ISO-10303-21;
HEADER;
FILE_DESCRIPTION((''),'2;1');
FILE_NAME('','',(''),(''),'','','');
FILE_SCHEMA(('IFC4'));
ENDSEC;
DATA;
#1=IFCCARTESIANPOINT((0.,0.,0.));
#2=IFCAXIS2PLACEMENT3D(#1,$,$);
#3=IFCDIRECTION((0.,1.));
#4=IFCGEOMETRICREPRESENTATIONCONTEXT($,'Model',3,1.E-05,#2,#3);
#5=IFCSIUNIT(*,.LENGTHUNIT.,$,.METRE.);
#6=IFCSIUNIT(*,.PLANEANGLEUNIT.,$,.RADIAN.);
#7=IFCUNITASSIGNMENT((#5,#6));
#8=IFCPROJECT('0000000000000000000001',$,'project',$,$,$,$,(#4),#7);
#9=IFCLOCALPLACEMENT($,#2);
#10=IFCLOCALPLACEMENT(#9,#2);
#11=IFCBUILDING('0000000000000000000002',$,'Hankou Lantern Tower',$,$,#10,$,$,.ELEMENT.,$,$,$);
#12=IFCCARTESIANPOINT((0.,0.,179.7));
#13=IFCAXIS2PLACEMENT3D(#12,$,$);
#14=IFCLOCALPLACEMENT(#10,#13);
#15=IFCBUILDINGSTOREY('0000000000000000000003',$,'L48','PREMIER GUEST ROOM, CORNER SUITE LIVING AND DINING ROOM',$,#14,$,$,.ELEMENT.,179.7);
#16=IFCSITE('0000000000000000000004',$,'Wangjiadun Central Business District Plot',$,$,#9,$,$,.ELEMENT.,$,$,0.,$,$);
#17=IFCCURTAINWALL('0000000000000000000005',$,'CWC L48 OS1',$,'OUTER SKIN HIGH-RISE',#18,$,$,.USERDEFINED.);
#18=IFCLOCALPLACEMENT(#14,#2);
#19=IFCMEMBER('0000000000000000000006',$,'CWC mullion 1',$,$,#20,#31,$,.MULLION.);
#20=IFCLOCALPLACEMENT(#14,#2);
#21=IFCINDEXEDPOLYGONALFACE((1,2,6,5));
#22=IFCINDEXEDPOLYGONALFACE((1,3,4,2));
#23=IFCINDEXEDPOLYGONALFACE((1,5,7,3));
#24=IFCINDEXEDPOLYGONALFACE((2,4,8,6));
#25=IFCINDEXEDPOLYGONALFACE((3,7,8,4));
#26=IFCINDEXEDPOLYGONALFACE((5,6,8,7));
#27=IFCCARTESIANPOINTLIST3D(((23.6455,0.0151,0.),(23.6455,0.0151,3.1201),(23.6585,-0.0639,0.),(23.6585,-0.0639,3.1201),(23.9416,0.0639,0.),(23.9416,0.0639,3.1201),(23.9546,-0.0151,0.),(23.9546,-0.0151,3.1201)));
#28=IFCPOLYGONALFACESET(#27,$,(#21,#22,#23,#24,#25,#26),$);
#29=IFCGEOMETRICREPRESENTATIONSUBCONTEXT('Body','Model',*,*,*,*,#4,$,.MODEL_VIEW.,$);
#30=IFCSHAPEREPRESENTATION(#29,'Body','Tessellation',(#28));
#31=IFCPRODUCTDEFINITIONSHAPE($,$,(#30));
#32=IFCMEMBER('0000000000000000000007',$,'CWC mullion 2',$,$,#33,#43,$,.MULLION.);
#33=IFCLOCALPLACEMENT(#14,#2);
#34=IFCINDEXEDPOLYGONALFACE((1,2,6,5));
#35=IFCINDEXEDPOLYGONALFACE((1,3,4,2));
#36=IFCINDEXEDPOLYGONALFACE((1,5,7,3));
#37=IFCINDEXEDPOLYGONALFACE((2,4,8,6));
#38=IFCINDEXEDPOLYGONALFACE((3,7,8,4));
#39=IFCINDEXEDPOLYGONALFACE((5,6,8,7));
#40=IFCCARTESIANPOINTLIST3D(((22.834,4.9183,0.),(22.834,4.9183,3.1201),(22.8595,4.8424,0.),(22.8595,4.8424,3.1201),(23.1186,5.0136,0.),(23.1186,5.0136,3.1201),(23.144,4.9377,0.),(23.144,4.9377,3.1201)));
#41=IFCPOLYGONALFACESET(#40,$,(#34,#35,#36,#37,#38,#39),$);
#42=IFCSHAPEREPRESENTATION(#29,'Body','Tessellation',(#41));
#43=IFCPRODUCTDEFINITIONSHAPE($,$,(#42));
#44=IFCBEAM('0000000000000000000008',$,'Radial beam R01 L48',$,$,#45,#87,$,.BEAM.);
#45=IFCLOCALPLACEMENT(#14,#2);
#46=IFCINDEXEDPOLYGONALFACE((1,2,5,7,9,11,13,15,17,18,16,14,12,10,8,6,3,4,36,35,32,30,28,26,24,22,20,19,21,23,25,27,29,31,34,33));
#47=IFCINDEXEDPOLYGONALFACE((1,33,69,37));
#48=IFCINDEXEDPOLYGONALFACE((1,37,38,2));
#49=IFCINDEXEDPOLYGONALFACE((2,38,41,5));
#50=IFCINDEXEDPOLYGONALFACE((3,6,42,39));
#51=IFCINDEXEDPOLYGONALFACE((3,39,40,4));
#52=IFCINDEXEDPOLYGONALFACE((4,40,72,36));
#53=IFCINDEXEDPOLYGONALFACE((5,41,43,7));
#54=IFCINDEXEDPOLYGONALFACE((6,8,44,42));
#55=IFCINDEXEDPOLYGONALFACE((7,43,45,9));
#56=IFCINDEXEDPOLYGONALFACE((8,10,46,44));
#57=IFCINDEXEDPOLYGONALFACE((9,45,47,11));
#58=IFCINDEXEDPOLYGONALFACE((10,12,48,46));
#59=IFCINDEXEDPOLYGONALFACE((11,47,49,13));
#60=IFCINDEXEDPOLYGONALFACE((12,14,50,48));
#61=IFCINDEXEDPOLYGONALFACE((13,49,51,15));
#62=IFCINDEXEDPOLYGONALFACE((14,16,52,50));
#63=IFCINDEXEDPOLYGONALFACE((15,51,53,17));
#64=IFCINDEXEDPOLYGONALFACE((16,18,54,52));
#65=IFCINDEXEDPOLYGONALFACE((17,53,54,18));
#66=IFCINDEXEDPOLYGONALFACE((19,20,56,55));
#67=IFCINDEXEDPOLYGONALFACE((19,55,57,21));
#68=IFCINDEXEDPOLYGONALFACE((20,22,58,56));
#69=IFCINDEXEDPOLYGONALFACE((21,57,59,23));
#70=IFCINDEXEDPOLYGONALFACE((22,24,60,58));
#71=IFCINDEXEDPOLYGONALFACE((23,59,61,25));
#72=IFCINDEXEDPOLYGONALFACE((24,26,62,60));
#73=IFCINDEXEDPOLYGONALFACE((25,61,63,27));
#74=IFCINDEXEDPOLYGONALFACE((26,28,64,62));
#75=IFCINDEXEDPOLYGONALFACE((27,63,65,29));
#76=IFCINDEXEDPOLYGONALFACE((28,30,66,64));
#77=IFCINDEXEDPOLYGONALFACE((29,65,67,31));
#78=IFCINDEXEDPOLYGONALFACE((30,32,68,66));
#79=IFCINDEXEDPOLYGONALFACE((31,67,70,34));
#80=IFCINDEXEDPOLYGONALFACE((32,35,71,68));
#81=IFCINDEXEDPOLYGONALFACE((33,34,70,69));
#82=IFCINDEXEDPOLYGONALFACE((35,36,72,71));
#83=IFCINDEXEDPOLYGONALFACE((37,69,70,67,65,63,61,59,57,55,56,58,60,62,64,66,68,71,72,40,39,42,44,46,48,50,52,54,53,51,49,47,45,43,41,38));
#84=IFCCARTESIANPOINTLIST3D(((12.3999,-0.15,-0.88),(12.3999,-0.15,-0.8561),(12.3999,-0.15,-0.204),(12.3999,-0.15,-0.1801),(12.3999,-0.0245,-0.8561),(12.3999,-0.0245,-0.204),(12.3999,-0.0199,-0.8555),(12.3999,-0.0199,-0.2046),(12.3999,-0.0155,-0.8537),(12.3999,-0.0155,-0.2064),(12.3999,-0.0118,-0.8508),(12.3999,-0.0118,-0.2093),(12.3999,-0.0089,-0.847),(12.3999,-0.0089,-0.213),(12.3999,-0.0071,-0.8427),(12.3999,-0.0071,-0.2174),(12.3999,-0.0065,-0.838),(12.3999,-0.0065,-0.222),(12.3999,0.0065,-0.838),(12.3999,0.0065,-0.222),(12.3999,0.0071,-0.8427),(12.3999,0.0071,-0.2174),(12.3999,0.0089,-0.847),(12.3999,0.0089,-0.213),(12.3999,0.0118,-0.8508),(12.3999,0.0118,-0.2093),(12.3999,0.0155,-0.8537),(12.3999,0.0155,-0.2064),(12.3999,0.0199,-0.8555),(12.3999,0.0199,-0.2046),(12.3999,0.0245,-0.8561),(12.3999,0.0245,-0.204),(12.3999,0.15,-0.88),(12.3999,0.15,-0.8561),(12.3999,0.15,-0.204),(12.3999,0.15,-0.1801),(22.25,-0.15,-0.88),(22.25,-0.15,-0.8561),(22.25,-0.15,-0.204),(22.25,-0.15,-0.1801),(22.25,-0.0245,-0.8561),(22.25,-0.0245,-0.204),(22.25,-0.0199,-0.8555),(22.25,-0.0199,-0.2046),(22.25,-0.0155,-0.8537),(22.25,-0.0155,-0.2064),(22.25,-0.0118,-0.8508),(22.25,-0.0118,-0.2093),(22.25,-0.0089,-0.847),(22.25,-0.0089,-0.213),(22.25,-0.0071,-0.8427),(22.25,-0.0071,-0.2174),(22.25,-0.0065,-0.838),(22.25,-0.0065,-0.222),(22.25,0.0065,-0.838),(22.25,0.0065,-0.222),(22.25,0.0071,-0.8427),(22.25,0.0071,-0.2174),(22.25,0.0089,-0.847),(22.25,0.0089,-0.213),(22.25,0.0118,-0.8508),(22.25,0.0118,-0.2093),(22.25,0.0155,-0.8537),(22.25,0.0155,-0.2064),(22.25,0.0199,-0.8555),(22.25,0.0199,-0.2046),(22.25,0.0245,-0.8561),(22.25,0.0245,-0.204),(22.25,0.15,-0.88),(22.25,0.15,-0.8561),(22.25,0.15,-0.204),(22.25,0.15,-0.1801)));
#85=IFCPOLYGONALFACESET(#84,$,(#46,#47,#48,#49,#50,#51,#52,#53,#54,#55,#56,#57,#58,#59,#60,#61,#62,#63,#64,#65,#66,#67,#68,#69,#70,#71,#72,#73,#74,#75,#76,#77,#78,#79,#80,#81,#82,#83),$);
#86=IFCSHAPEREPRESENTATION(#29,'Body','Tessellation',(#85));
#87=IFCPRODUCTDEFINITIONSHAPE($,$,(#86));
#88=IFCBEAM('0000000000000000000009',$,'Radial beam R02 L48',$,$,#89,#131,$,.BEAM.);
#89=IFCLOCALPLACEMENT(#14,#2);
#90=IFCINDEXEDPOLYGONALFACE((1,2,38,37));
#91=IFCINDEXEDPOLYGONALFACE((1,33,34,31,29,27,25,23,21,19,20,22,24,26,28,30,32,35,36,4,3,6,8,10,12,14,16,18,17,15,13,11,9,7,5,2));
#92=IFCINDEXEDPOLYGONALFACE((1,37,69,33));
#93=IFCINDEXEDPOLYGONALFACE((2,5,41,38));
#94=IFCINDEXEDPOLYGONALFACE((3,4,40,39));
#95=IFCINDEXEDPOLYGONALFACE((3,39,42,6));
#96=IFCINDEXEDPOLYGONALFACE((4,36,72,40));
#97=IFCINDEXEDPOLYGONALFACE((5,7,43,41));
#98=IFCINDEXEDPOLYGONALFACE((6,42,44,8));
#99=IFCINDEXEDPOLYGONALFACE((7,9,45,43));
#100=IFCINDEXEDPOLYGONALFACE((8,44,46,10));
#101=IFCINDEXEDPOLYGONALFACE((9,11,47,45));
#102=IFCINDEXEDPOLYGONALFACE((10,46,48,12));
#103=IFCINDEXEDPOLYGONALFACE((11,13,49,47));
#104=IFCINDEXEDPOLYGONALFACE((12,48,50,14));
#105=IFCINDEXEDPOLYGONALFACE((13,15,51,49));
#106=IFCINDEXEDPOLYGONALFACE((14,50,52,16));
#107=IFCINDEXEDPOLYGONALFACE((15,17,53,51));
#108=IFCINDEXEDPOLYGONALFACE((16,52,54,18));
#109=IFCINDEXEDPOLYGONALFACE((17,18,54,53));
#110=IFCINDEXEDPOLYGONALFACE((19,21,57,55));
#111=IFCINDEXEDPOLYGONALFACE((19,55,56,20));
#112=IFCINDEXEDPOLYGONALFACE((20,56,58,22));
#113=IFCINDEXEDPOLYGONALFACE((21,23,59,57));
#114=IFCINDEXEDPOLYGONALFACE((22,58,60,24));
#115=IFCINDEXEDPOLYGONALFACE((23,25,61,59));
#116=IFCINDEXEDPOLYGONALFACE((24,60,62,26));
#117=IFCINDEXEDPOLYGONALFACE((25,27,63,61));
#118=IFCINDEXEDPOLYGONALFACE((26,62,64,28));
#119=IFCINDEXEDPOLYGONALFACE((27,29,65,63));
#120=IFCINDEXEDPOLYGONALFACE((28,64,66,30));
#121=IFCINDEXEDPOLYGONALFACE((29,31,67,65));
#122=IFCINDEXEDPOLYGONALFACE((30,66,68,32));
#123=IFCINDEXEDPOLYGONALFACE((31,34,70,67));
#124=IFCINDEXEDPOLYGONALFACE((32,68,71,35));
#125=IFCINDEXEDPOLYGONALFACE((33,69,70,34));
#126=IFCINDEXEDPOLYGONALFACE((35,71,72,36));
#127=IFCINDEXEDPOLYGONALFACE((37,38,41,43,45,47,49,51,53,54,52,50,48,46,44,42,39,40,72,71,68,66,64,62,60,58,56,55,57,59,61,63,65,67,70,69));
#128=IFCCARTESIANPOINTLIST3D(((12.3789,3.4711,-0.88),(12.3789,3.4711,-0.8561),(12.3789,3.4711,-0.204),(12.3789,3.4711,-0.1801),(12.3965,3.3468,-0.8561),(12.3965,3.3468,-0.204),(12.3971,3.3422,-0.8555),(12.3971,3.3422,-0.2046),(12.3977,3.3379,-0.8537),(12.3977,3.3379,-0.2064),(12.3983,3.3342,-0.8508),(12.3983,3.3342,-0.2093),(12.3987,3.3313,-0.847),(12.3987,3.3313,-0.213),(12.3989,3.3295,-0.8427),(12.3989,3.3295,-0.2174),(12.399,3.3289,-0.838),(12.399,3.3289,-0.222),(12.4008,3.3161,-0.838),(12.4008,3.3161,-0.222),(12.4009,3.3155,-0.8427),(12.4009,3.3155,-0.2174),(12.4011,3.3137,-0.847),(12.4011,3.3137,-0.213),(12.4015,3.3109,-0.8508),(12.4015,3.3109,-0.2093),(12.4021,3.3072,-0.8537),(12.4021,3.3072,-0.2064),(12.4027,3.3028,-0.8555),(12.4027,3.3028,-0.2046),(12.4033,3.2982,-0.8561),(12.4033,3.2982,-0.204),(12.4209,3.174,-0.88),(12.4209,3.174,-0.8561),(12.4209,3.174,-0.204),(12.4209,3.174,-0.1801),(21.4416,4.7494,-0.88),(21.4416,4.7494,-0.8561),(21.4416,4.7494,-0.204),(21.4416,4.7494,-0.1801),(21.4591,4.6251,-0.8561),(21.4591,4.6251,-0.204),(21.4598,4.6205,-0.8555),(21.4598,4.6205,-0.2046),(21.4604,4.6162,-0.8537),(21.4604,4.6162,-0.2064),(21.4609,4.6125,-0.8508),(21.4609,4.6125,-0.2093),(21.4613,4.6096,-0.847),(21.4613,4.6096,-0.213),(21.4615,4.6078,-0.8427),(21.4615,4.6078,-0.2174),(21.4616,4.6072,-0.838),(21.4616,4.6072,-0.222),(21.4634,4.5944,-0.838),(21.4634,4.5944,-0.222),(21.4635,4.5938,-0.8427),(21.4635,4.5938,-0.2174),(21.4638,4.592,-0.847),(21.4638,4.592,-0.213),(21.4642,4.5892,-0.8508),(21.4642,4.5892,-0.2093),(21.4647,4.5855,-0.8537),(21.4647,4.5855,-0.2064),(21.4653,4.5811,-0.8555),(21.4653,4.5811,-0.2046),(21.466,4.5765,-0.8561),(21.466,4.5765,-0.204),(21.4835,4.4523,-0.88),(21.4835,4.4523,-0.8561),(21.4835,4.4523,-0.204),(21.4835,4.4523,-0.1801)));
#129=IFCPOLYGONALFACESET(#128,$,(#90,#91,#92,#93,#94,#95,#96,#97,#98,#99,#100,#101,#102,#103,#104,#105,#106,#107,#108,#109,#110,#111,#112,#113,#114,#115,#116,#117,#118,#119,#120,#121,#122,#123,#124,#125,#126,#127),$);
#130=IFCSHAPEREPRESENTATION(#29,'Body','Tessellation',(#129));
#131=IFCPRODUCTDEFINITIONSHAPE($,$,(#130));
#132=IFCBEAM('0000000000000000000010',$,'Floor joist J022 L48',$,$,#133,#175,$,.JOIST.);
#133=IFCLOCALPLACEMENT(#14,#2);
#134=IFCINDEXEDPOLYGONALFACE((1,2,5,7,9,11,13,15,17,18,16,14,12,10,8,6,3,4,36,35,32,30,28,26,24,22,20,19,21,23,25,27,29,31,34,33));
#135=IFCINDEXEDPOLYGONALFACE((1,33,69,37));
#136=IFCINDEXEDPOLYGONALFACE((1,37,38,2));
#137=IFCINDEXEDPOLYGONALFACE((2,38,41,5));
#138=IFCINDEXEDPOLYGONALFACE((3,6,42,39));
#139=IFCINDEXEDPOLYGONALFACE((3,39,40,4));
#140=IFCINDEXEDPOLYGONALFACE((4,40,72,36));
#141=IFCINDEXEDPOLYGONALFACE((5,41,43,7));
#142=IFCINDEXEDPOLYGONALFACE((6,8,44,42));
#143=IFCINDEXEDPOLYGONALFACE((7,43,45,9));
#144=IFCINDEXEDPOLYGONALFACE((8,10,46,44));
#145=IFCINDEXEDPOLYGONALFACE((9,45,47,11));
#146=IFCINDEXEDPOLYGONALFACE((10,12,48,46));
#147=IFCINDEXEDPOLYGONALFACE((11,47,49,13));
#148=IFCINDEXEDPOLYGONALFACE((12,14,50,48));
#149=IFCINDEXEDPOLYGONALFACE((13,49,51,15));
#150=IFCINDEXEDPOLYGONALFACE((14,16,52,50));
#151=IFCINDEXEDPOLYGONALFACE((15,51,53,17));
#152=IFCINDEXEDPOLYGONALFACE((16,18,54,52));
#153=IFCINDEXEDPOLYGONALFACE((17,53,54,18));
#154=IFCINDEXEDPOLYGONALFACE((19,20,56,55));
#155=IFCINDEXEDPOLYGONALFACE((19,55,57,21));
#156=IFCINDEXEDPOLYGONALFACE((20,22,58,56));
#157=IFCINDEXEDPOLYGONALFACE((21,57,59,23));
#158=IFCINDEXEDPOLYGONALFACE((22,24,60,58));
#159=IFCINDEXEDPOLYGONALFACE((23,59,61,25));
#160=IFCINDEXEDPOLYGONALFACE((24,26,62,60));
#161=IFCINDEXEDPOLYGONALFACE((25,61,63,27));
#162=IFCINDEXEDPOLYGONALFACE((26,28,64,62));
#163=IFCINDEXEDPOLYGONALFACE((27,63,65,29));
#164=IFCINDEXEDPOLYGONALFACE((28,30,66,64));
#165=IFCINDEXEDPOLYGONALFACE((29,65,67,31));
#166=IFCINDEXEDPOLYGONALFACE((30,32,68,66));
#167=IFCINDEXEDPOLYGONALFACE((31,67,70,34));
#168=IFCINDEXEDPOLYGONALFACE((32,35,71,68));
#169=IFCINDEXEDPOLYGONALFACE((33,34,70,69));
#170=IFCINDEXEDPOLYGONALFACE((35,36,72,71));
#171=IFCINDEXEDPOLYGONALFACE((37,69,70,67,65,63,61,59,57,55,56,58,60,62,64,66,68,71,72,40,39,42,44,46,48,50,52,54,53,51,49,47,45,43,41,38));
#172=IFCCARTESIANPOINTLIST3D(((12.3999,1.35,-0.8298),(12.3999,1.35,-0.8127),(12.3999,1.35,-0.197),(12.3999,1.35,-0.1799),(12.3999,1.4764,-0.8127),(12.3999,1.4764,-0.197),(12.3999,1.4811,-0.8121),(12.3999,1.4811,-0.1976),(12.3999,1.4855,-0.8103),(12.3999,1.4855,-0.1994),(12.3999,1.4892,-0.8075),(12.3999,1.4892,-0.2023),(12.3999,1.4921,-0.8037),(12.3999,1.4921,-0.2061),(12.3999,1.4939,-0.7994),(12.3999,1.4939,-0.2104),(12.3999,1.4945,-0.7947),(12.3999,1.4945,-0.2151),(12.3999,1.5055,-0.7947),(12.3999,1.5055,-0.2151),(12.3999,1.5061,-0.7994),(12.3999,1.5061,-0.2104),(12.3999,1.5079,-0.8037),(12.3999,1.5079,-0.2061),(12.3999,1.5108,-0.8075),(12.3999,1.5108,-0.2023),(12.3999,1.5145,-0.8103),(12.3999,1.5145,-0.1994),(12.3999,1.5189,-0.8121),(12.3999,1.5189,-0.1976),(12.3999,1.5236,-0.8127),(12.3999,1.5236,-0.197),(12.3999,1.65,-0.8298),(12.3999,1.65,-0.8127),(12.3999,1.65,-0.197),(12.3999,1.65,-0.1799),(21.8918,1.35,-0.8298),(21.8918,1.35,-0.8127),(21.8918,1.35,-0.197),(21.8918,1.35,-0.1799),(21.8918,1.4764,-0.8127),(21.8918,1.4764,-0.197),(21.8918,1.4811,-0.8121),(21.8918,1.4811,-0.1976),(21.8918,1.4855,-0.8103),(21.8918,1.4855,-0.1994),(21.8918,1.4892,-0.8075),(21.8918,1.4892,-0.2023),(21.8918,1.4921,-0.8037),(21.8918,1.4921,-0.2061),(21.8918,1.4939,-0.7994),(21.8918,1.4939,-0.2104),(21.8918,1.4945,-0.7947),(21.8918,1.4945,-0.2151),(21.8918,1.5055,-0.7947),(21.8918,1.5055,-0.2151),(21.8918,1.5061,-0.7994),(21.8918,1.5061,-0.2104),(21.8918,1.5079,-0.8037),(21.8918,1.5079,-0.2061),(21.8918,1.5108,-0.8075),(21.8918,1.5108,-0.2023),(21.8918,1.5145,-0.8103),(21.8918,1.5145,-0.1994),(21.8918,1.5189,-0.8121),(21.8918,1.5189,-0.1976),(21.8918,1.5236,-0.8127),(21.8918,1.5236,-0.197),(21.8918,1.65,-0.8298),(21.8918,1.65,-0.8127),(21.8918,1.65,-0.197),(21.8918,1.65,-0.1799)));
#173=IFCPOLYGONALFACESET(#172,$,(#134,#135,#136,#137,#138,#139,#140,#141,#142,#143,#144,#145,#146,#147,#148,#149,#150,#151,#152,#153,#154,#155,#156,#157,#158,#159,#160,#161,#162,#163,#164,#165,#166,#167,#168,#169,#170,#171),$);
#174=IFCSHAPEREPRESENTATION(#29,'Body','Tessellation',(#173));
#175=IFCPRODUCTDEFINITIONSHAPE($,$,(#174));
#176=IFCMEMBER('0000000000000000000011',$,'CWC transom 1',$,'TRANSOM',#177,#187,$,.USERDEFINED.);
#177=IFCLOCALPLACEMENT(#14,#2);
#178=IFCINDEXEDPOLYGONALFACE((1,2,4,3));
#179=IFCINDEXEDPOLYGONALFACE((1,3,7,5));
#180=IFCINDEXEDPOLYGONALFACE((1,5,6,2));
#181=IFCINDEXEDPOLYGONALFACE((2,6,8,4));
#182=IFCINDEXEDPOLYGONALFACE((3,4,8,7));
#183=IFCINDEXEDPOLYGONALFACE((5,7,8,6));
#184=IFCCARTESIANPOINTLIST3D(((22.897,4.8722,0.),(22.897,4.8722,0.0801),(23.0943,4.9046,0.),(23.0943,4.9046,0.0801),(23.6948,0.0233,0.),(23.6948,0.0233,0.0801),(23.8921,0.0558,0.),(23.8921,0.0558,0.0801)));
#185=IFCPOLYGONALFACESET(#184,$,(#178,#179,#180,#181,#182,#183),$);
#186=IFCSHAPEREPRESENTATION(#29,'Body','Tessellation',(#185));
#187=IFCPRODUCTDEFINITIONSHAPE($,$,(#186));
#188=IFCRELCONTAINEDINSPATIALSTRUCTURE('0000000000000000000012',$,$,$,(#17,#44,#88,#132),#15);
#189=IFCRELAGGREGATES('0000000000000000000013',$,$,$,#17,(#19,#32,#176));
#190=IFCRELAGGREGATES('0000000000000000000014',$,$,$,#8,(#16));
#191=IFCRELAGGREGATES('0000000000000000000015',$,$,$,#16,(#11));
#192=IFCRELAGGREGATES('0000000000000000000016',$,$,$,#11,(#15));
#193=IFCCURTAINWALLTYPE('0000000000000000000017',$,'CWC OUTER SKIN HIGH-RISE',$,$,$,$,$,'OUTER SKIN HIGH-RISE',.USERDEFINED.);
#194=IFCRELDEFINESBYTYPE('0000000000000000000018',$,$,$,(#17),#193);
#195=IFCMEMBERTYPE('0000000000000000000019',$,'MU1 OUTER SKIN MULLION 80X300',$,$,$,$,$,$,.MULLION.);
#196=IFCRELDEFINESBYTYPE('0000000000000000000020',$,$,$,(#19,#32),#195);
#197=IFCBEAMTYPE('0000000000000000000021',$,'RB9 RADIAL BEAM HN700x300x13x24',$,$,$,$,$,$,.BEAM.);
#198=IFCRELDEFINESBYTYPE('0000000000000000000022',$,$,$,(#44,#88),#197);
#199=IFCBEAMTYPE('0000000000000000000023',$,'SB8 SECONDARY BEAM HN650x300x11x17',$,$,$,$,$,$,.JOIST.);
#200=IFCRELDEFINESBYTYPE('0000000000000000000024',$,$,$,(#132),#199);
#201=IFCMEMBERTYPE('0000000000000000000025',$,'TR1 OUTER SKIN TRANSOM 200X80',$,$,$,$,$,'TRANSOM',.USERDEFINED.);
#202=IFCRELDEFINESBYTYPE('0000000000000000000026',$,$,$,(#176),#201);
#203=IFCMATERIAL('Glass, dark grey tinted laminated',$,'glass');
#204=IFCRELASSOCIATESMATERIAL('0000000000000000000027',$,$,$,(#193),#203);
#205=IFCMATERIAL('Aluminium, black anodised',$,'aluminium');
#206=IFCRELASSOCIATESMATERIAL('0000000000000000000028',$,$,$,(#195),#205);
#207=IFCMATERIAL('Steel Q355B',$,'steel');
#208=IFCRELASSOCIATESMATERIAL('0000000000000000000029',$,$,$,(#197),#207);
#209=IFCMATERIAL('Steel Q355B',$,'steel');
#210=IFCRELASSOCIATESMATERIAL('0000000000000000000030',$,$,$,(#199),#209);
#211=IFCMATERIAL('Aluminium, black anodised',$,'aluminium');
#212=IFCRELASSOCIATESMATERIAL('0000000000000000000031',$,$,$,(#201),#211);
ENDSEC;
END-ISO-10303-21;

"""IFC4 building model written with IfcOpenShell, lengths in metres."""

from ifc_helpers import new_model, si_unit, direction, frame, origin, origin_2d, place, context, subcontext, project, spatial, rectangle, i_section, extrude, material, material_profile, profile_set, type_object, element, aggregate, save


model = new_model("IFC4")

# Units and contexts
model_context = context("Model", 3, precision=1e-05, world=origin(), true_north=direction((0.0, 1.0)))
body_context = subcontext(model_context, "Body", "Model", "MODEL_VIEW")
ifc_project = project(units=[si_unit("LENGTHUNIT", "METRE"), si_unit("PLANEANGLEUNIT", "RADIAN")], contexts=[model_context])

# Site, building, storey
site_placement = place(None, origin())
site = spatial("IfcSite", under=ifc_project, at=site_placement, Name="Wangjiadun Central Business District Plot", CompositionType="ELEMENT", RefElevation=0.0)
building_placement = place(site_placement, origin())
building = spatial("IfcBuilding", under=site, at=building_placement, Name="Hankou Lantern Tower", CompositionType="ELEMENT")
storey_placement = place(building_placement, frame((0.0, 0.0, 179.7)))
storey = spatial("IfcBuildingStorey", under=building, at=storey_placement, Name="L48", Description="PREMIER GUEST ROOM, CORNER SUITE LIVING AND DINING ROOM", CompositionType="ELEMENT", Elevation=179.7)

# Curtain wall, members
ifc_material_1 = material(Name="Glass, dark grey tinted laminated", Category="glass")
curtain_wall_type = type_object("IfcCurtainWallType", Name="CWC OUTER SKIN HIGH-RISE", ElementType="OUTER SKIN HIGH-RISE", PredefinedType="USERDEFINED", material=ifc_material_1)
curtain_wall_placement = place(storey_placement, origin())
curtain_wall = element("IfcCurtainWall", 1, at=curtain_wall_placement, inside=storey, type_object=curtain_wall_type, Name="CWC L48 OS1", ObjectType="OUTER SKIN HIGH-RISE", PredefinedType="USERDEFINED")
ifc_material_2 = material(Name="Aluminium, black anodised", Category="aluminium")
ifc_material_profile_1 = material_profile(ifc_material_2, rectangle(XDim=0.0801, YDim=0.3, at=origin_2d()), Name="MU1 80X300")
ifc_profile_set_1 = profile_set([ifc_material_profile_1], Name="Aluminium, black anodised")
member_type_1 = type_object("IfcMemberType", Name="MU1 OUTER SKIN MULLION 80X300", PredefinedType="MULLION", material=ifc_profile_set_1)
member_1_placement = place(storey_placement, frame((23.8, 0.0, 0.0), z_axis=(0.0, 0.0, 1.0), x_axis=(-0.162382, 0.986728, 0.0)))
member_1 = element("IfcMember", 2, at=member_1_placement, type_object=member_type_1, Name="CWC mullion 1", PredefinedType="MULLION", context=body_context, shape_type="SweptSolid", body=[
    extrude(rectangle(XDim=0.0801, YDim=0.3, at=origin_2d()), origin(), (0.0, 0.0, 1.0), 3.1201),
])
member_2_placement = place(storey_placement, frame((22.989, 4.928, 0.0), z_axis=(0.0, 0.0, 1.0), x_axis=(-0.317596, 0.948226, 0.0)))
member_2 = element("IfcMember", 3, at=member_2_placement, type_object=member_type_1, Name="CWC mullion 2", PredefinedType="MULLION", context=body_context, shape_type="SweptSolid", body=[
    extrude(rectangle(XDim=0.0801, YDim=0.3, at=origin_2d()), origin(), (0.0, 0.0, 1.0), 3.1201),
])

# Beams
ifc_material_3 = material(Name="Steel Q355B", Category="steel")
ifc_material_profile_2 = material_profile(ifc_material_3, i_section(OverallWidth=0.3, OverallDepth=0.7, WebThickness=0.0129, FlangeThickness=0.0239, FilletRadius=0.0181, at=origin_2d()), Name="HN700x300x13x24")
ifc_profile_set_2 = profile_set([ifc_material_profile_2], Name="Steel Q355B")
beam_type_1 = type_object("IfcBeamType", Name="RB9 RADIAL BEAM HN700x300x13x24", PredefinedType="BEAM", material=ifc_profile_set_2)
beam_1_placement = place(storey_placement, frame((12.3999, 0.0, -0.53), z_axis=(1.0, 0.0, 0.0), x_axis=(0.0, 1.0, 0.0)))
element("IfcBeam", 4, at=beam_1_placement, inside=storey, type_object=beam_type_1, Name="Radial beam R01 L48", PredefinedType="BEAM", context=body_context, shape_type="SweptSolid", body=[
    extrude(i_section(OverallWidth=0.3, OverallDepth=0.7, WebThickness=0.0129, FlangeThickness=0.0239, FilletRadius=0.0181, at=origin_2d()), origin(), (0.0, 0.0, 1.0), 9.8501),
])
beam_2_placement = place(storey_placement, frame((12.3999, 3.3225, -0.53), z_axis=(0.990198, 0.13967, 0.0), x_axis=(-0.13967, 0.990198, 0.0)))
element("IfcBeam", 5, at=beam_2_placement, inside=storey, type_object=beam_type_1, Name="Radial beam R02 L48", PredefinedType="BEAM", context=body_context, shape_type="SweptSolid", body=[
    extrude(i_section(OverallWidth=0.3, OverallDepth=0.7, WebThickness=0.0129, FlangeThickness=0.0239, FilletRadius=0.0181, at=origin_2d()), origin(), (0.0, 0.0, 1.0), 9.1523),
])
ifc_material_4 = material(Name="Steel Q355B", Category="steel")
ifc_material_profile_3 = material_profile(ifc_material_4, i_section(OverallWidth=0.3, OverallDepth=0.6499, WebThickness=0.011, FlangeThickness=0.0171, FilletRadius=0.0181, at=origin_2d()), Name="HN650x300x11x17")
ifc_profile_set_3 = profile_set([ifc_material_profile_3], Name="Steel Q355B")
beam_type_2 = type_object("IfcBeamType", Name="SB8 SECONDARY BEAM HN650x300x11x17", PredefinedType="JOIST", material=ifc_profile_set_3)
beam_3_placement = place(storey_placement, frame((12.3999, 1.5, -0.5049), z_axis=(1.0, 0.0, 0.0), x_axis=(0.0, 1.0, 0.0)))
element("IfcBeam", 6, at=beam_3_placement, inside=storey, type_object=beam_type_2, Name="Floor joist J022 L48", PredefinedType="JOIST", context=body_context, shape_type="SweptSolid", body=[
    extrude(i_section(OverallWidth=0.3, OverallDepth=0.6499, WebThickness=0.011, FlangeThickness=0.0171, FilletRadius=0.0181, at=origin_2d()), origin(), (0.0, 0.0, 1.0), 9.4919),
])

# Member
ifc_material_5 = material(Name="Aluminium, black anodised", Category="aluminium")
ifc_material_profile_4 = material_profile(ifc_material_5, rectangle(XDim=0.2, YDim=0.0801, at=origin_2d()), Name="TR1 200X80")
ifc_profile_set_4 = profile_set([ifc_material_profile_4], Name="Aluminium, black anodised")
member_type_2 = type_object("IfcMemberType", Name="TR1 OUTER SKIN TRANSOM 200X80", ElementType="TRANSOM", PredefinedType="USERDEFINED", material=ifc_profile_set_4)
member_3_placement = place(storey_placement, frame((23.7935, 0.0396, 0.04), z_axis=(-0.16236, 0.986732, 0.0), x_axis=(-0.986732, -0.16236, 0.0)))
member_3 = element("IfcMember", 7, at=member_3_placement, type_object=member_type_2, Name="CWC transom 1", ObjectType="TRANSOM", PredefinedType="USERDEFINED", context=body_context, shape_type="SweptSolid", body=[
    extrude(rectangle(XDim=0.2, YDim=0.0801, at=origin_2d()), origin(), (0.0, 0.0, 1.0), 4.9141),
])

aggregate(curtain_wall, [member_1, member_2, member_3])

save(model, "model.ifc")
